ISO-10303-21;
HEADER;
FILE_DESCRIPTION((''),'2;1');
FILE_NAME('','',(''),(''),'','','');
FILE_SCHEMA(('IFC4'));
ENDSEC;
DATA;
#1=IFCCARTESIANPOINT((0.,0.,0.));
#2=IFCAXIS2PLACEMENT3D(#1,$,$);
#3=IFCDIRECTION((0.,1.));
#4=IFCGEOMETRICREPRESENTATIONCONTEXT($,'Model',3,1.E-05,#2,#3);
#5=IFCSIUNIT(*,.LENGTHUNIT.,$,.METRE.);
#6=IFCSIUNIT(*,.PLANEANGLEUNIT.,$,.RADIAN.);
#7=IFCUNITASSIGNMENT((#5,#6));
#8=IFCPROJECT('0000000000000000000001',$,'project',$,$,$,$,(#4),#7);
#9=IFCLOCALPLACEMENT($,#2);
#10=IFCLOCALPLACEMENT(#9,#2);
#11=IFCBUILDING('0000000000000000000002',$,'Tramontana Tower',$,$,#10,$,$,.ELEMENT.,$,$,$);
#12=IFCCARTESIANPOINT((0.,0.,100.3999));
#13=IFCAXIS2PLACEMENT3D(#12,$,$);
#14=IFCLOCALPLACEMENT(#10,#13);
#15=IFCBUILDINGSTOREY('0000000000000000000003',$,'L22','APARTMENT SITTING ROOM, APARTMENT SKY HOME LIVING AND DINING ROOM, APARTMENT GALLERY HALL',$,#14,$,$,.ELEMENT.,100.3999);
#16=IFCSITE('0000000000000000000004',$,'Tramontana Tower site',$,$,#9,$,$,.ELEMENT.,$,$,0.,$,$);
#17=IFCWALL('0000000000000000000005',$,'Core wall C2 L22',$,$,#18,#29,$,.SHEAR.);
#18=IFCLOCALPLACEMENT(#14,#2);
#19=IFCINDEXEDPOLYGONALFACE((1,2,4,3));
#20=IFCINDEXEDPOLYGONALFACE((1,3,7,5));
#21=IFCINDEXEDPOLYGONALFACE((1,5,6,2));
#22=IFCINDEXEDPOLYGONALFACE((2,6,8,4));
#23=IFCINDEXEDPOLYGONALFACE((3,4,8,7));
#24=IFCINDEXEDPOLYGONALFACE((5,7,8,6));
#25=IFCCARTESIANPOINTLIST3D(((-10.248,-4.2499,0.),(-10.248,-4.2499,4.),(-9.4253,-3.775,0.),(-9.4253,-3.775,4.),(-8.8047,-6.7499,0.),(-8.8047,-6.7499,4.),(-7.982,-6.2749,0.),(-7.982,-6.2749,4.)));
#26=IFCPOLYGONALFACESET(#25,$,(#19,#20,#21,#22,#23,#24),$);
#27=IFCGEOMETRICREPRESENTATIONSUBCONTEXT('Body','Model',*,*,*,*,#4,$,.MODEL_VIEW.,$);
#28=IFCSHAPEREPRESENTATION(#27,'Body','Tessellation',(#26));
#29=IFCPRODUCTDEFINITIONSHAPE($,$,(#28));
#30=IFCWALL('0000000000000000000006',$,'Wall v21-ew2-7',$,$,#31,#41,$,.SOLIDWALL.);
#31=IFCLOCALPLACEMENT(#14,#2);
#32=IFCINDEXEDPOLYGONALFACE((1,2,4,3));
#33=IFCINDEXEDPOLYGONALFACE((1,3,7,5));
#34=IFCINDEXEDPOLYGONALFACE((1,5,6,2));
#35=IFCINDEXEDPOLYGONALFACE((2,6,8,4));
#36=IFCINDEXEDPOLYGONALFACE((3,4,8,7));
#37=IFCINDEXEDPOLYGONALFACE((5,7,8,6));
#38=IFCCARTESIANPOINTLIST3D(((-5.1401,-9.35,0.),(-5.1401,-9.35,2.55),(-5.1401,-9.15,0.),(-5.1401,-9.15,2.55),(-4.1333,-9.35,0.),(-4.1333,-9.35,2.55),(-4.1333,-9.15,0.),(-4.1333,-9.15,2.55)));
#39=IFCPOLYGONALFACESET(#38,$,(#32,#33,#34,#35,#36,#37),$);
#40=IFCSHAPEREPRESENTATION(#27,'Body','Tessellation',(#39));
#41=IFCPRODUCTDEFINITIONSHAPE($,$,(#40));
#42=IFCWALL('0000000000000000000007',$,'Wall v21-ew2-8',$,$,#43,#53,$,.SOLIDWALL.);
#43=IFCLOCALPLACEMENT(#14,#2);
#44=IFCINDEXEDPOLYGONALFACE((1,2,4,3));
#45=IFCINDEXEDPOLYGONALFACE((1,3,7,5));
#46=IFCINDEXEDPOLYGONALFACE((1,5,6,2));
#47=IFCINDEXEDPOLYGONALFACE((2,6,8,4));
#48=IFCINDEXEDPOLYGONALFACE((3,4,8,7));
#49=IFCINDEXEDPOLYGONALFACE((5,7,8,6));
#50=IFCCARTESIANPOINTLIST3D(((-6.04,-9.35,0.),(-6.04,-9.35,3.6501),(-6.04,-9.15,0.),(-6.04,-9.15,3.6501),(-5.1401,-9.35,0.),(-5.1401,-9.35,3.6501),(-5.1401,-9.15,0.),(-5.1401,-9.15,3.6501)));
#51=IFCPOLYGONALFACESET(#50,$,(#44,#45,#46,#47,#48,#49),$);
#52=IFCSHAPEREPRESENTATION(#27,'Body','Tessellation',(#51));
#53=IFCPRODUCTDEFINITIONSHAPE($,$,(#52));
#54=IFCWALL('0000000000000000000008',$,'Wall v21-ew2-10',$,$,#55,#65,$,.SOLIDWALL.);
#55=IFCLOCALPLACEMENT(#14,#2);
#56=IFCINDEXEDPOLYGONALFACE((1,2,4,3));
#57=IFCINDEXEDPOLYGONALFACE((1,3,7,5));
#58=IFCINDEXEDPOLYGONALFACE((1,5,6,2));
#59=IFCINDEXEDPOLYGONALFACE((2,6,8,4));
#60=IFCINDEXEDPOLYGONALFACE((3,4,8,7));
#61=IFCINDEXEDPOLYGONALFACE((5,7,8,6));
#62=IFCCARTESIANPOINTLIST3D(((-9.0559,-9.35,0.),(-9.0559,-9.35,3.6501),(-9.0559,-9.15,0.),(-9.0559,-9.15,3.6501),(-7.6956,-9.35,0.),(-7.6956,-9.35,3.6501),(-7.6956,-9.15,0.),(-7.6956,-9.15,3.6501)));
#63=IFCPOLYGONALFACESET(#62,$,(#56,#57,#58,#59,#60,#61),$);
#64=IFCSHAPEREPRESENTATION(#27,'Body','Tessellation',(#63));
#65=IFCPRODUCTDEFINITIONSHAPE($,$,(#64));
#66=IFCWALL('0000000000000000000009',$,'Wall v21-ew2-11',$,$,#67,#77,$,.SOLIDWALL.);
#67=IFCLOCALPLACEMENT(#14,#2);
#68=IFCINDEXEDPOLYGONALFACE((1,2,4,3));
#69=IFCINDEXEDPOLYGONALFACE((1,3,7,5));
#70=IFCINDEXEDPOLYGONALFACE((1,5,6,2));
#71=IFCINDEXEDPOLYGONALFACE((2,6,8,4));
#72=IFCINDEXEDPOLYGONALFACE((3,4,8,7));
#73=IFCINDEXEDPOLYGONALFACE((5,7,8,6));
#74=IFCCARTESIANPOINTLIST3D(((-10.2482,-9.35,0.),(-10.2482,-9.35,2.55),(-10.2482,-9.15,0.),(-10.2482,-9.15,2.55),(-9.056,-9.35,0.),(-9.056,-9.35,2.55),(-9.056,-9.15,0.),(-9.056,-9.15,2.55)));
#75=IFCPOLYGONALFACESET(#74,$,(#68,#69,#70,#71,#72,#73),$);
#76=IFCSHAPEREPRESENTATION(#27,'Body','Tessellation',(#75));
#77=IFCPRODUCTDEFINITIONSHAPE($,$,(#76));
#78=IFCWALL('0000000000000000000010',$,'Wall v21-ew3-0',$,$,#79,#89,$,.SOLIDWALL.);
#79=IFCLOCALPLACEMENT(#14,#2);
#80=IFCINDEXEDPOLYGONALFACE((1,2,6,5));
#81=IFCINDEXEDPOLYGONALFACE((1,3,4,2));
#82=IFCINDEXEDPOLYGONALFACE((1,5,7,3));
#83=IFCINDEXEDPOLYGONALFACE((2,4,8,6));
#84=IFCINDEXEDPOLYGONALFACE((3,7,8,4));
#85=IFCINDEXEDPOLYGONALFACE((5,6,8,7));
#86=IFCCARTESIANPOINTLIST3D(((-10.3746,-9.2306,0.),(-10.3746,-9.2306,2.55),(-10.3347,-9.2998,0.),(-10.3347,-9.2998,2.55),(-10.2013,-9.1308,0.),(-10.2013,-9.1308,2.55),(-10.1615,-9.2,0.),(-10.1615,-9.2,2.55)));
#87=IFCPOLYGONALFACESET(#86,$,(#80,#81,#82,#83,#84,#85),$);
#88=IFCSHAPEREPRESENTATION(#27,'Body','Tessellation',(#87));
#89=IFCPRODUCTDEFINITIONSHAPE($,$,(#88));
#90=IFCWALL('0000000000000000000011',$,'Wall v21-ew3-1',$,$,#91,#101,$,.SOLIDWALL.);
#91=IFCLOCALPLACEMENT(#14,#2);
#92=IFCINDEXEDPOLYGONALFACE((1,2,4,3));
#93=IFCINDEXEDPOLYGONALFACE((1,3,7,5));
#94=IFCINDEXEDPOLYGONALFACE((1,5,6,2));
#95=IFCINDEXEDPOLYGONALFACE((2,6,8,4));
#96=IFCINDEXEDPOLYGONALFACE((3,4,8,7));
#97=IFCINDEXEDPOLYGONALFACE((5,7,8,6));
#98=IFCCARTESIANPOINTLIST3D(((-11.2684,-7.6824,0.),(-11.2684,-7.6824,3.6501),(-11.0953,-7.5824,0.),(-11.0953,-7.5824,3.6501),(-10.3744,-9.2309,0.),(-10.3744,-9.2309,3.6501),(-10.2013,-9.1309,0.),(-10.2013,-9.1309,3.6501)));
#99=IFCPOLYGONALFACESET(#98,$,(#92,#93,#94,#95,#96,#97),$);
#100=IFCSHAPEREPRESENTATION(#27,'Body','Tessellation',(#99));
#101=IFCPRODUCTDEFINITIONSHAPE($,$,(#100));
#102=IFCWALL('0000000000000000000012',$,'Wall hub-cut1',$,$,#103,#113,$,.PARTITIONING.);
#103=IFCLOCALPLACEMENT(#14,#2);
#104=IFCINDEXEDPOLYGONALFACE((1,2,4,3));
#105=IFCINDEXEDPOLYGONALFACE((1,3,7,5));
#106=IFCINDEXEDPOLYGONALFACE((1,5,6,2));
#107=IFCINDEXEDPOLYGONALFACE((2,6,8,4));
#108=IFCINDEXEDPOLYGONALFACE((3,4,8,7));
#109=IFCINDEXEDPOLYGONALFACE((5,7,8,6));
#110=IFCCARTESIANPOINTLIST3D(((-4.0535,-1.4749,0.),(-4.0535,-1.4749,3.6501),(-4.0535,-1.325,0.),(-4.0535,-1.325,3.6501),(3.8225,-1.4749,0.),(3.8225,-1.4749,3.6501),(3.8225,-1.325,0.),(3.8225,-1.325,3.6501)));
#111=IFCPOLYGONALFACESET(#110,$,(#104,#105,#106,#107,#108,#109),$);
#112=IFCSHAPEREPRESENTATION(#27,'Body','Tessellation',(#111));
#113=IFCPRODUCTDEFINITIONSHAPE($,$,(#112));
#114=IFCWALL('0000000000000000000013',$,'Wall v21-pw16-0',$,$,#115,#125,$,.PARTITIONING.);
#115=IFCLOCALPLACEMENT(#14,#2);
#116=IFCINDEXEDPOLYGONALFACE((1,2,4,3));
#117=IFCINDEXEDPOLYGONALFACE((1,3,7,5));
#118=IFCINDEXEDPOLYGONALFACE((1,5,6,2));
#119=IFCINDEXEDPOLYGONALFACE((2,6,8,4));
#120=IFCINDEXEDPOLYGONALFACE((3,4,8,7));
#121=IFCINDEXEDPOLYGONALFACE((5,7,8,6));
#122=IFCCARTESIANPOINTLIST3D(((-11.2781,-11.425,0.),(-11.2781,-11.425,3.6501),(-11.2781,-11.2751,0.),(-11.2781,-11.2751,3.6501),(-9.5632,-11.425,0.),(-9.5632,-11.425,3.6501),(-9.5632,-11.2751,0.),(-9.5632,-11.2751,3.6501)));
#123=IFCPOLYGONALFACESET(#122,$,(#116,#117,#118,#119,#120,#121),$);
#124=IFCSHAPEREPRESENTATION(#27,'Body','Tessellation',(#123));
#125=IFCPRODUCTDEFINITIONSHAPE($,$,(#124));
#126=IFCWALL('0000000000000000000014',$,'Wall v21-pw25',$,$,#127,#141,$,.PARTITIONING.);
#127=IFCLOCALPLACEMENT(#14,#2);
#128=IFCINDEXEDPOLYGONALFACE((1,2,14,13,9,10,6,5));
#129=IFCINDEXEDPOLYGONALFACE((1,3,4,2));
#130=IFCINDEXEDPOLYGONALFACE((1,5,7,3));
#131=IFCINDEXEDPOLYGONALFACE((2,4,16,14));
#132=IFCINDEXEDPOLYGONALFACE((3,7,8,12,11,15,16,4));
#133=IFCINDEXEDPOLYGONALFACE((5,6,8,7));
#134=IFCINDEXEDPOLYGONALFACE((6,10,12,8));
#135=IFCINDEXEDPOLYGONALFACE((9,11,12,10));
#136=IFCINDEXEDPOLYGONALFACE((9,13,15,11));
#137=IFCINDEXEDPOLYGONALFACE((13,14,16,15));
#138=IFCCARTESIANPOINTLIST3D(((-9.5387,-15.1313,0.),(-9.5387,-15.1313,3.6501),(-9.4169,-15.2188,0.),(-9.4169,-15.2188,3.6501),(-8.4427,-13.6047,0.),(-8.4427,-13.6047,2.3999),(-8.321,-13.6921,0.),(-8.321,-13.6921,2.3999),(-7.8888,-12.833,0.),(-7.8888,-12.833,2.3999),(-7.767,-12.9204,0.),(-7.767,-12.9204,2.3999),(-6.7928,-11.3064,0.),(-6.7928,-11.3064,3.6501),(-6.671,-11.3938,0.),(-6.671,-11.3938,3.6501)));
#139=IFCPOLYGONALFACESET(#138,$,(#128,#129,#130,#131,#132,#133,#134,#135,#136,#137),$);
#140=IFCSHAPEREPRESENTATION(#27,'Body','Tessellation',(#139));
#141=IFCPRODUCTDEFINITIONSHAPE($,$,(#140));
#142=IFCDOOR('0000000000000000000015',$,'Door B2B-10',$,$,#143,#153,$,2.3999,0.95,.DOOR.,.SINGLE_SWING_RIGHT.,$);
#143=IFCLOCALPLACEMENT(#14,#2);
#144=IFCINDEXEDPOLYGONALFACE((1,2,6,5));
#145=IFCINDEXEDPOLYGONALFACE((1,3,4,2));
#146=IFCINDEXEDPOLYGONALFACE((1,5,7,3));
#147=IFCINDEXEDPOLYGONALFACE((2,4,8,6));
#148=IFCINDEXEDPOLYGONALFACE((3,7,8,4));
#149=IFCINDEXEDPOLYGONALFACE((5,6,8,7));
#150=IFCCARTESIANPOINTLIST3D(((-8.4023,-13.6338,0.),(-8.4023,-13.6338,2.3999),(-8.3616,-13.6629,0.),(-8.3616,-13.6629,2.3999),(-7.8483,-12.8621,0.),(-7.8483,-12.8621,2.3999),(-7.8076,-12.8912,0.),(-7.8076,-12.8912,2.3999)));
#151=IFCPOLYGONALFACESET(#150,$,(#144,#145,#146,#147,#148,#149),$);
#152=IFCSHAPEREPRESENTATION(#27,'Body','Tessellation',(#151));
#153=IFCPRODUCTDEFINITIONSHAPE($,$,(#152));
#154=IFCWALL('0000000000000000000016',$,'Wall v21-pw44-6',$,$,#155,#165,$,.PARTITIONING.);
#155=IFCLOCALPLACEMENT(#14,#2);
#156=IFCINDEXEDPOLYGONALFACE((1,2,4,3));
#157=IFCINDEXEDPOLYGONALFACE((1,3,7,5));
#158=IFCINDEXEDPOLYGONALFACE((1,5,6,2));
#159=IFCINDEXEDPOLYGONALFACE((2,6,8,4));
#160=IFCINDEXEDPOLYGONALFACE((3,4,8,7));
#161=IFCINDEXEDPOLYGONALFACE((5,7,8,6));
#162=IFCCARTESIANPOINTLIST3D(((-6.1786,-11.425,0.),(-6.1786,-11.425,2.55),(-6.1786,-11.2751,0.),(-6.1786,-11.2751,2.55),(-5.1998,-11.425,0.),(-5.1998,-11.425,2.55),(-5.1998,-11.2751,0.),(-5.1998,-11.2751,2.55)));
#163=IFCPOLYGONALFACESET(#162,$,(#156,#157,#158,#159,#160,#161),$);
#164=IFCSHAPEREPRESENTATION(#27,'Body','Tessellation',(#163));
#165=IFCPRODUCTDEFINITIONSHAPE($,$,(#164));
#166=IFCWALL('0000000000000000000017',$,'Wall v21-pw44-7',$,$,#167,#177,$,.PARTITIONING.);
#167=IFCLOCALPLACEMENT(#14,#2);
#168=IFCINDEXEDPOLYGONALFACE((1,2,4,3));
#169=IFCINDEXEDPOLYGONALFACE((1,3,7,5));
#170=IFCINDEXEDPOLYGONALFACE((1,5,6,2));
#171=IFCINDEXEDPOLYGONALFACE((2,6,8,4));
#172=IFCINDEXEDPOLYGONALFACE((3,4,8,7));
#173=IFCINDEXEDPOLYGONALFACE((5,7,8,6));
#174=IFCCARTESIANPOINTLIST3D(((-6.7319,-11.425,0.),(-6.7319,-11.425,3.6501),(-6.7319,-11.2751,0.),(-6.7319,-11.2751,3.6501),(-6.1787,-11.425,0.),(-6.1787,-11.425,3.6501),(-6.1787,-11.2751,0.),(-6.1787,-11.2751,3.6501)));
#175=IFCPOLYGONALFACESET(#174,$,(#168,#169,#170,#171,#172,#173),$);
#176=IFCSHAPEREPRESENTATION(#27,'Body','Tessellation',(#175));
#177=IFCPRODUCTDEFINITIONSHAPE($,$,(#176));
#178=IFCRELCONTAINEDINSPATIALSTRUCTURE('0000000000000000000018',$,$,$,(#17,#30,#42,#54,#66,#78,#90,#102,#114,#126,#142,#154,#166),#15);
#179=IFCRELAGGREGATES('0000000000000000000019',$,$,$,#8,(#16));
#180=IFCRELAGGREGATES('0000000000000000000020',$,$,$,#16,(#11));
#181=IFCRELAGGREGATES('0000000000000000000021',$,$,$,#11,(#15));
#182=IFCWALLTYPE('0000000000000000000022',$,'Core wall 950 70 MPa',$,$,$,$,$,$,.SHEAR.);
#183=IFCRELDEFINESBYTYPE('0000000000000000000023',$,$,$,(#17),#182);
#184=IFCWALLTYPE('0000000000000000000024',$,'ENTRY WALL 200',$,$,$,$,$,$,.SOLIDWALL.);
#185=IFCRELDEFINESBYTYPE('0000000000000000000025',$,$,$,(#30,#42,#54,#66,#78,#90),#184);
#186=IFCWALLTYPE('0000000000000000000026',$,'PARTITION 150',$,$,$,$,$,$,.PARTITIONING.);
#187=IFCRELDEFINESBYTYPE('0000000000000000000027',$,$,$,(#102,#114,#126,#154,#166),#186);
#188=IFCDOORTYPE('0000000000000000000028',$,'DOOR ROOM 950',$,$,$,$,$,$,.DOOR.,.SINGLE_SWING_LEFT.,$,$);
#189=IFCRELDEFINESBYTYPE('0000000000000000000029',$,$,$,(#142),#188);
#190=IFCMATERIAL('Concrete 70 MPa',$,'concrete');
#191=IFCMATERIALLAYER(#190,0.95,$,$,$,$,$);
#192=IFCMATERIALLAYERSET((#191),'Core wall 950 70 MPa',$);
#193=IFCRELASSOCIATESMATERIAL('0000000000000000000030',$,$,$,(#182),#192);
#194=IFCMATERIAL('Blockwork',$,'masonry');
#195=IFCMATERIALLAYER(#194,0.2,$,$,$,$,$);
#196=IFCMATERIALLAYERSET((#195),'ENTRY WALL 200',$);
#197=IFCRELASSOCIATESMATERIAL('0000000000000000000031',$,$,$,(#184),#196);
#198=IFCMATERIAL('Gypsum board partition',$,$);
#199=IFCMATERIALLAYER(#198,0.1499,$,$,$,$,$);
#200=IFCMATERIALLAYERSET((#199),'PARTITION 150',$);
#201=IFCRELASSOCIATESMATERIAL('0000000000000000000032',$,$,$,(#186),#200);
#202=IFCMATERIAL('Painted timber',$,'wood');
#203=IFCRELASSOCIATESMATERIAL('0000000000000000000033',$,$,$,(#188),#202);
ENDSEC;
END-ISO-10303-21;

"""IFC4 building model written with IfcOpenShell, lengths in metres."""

from ifc_helpers import new_model, si_unit, direction, frame, frame_2d, origin, place, context, subcontext, project, spatial, rectangle, extrude, material, layer, layer_set, type_object, element, fill, save


model = new_model("IFC4")

# Units and contexts
model_context = context("Model", 3, precision=1e-05, world=origin(), true_north=direction((0.0, 1.0)))
body_context = subcontext(model_context, "Body", "Model", "MODEL_VIEW")
ifc_project = project(units=[si_unit("LENGTHUNIT", "METRE"), si_unit("PLANEANGLEUNIT", "RADIAN")], contexts=[model_context])

# Site, building, storey
site_placement = place(None, origin())
site = spatial("IfcSite", under=ifc_project, at=site_placement, Name="Tramontana Tower site", CompositionType="ELEMENT", RefElevation=0.0)
building_placement = place(site_placement, origin())
building = spatial("IfcBuilding", under=site, at=building_placement, Name="Tramontana Tower", CompositionType="ELEMENT")
storey_placement = place(building_placement, frame((0.0, 0.0, 100.3999)))
storey = spatial("IfcBuildingStorey", under=building, at=storey_placement, Name="L22", Description="APARTMENT SITTING ROOM, APARTMENT SKY HOME LIVING AND DINING ROOM, APARTMENT GALLERY HALL", CompositionType="ELEMENT", Elevation=100.3999)

# Wall
ifc_material_1 = material(Name="Concrete 70 MPa", Category="concrete")
ifc_layer_1 = layer(ifc_material_1, 0.95)
ifc_layer_set_1 = layer_set([ifc_layer_1], Name="Core wall 950 70 MPa")
wall_type_1 = type_object("IfcWallType", Name="Core wall 950 70 MPa", PredefinedType="SHEAR", material=ifc_layer_set_1)
wall_1_placement = place(storey_placement, frame((-9.8367, -4.0125, 0.0), z_axis=(0.0, 0.0, 1.0), x_axis=(0.499996, -0.866028, 0.0)))
element("IfcWall", 1, at=wall_1_placement, inside=storey, type_object=wall_type_1, Name="Core wall C2 L22", PredefinedType="SHEAR", context=body_context, shape_type="SweptSolid", body=[
    extrude(rectangle(XDim=2.8867, YDim=0.95, at=frame_2d((1.4434, 0.0))), origin(), (0.0, 0.0, 1.0), 4.0),
])

# Walls
ifc_material_2 = material(Name="Blockwork", Category="masonry")
ifc_layer_2 = layer(ifc_material_2, 0.2)
ifc_layer_set_2 = layer_set([ifc_layer_2], Name="ENTRY WALL 200")
wall_type_2 = type_object("IfcWallType", Name="ENTRY WALL 200", PredefinedType="SOLIDWALL", material=ifc_layer_set_2)
wall_2_placement = place(storey_placement, frame((-4.1333, -9.25, 0.0), z_axis=(0.0, 0.0, 1.0), x_axis=(-1.0, 0.0, 0.0)))
element("IfcWall", 2, at=wall_2_placement, inside=storey, type_object=wall_type_2, Name="Wall v21-ew2-7", PredefinedType="SOLIDWALL", context=body_context, shape_type="SweptSolid", body=[
    extrude(rectangle(XDim=1.0068, YDim=0.2, at=frame_2d((0.5034, 0.0))), origin(), (0.0, 0.0, 1.0), 2.55),
])
wall_3_placement = place(storey_placement, frame((-5.1401, -9.25, 0.0), z_axis=(0.0, 0.0, 1.0), x_axis=(-1.0, 0.0, 0.0)))
element("IfcWall", 3, at=wall_3_placement, inside=storey, type_object=wall_type_2, Name="Wall v21-ew2-8", PredefinedType="SOLIDWALL", context=body_context, shape_type="SweptSolid", body=[
    extrude(rectangle(XDim=0.8999, YDim=0.2, at=frame_2d((0.45, 0.0))), origin(), (0.0, 0.0, 1.0), 3.6501),
])

# Walls
wall_4_placement = place(storey_placement, frame((-7.6956, -9.25, 0.0), z_axis=(0.0, 0.0, 1.0), x_axis=(-1.0, 0.0, 0.0)))
element("IfcWall", 4, at=wall_4_placement, inside=storey, type_object=wall_type_2, Name="Wall v21-ew2-10", PredefinedType="SOLIDWALL", context=body_context, shape_type="SweptSolid", body=[
    extrude(rectangle(XDim=1.3604, YDim=0.2, at=frame_2d((0.6802, 0.0))), origin(), (0.0, 0.0, 1.0), 3.6501),
])
wall_5_placement = place(storey_placement, frame((-9.0559, -9.25, 0.0), z_axis=(0.0, 0.0, 1.0), x_axis=(-1.0, 0.0, 0.0)))
element("IfcWall", 5, at=wall_5_placement, inside=storey, type_object=wall_type_2, Name="Wall v21-ew2-11", PredefinedType="SOLIDWALL", context=body_context, shape_type="SweptSolid", body=[
    extrude(rectangle(XDim=1.1921, YDim=0.2, at=frame_2d((0.5962, 0.0))), origin(), (0.0, 0.0, 1.0), 2.55),
])
wall_6_placement = place(storey_placement, frame((-10.248, -9.25, 0.0), z_axis=(0.0, 0.0, 1.0), x_axis=(-0.499104, 0.866542, 0.0)))
element("IfcWall", 6, at=wall_6_placement, inside=storey, type_object=wall_type_2, Name="Wall v21-ew3-0", PredefinedType="SOLIDWALL", context=body_context, shape_type="SweptSolid", body=[
    extrude(rectangle(XDim=0.0798, YDim=0.2, at=frame_2d((0.04, 0.0))), origin(), (0.0, 0.0, 1.0), 2.55),
])
wall_7_placement = place(storey_placement, frame((-10.2878, -9.1809, 0.0), z_axis=(0.0, 0.0, 1.0), x_axis=(-0.499986, 0.866033, 0.0)))
element("IfcWall", 7, at=wall_7_placement, inside=storey, type_object=wall_type_2, Name="Wall v21-ew3-1", PredefinedType="SOLIDWALL", context=body_context, shape_type="SweptSolid", body=[
    extrude(rectangle(XDim=1.7881, YDim=0.2, at=frame_2d((0.894, 0.0))), origin(), (0.0, 0.0, 1.0), 3.6501),
])
ifc_material_3 = material(Name="Gypsum board partition")
ifc_layer_3 = layer(ifc_material_3, 0.1499)
ifc_layer_set_3 = layer_set([ifc_layer_3], Name="PARTITION 150")
wall_type_3 = type_object("IfcWallType", Name="PARTITION 150", PredefinedType="PARTITIONING", material=ifc_layer_set_3)
wall_8_placement = place(storey_placement, frame((-4.0535, -1.3999, 0.0), z_axis=(0.0, 0.0, 1.0), x_axis=(1.0, 0.0, 0.0)))
element("IfcWall", 8, at=wall_8_placement, inside=storey, type_object=wall_type_3, Name="Wall hub-cut1", PredefinedType="PARTITIONING", context=body_context, shape_type="SweptSolid", body=[
    extrude(rectangle(XDim=7.876, YDim=0.1499, at=frame_2d((3.938, 0.0))), origin(), (0.0, 0.0, 1.0), 3.6501),
])
wall_9_placement = place(storey_placement, frame((-9.5632, -11.3501, 0.0), z_axis=(0.0, 0.0, 1.0), x_axis=(-1.0, 0.0, 0.0)))
element("IfcWall", 9, at=wall_9_placement, inside=storey, type_object=wall_type_3, Name="Wall v21-pw16-0", PredefinedType="PARTITIONING", context=body_context, shape_type="SweptSolid", body=[
    extrude(rectangle(XDim=1.7148, YDim=0.1499, at=frame_2d((0.8574, 0.0))), origin(), (0.0, 0.0, 1.0), 3.6501),
])

# Wall, opening, door
wall_10_placement = place(storey_placement, frame((-6.7319, -11.3501, 0.0), z_axis=(0.0, 0.0, 1.0), x_axis=(-0.583169, -0.812351, 0.0)))
wall_10 = element("IfcWall", 10, at=wall_10_placement, inside=storey, type_object=wall_type_3, Name="Wall v21-pw25", PredefinedType="PARTITIONING", context=body_context, shape_type="SweptSolid", body=[
    extrude(rectangle(XDim=4.7085, YDim=0.1499, at=frame_2d((2.3542, 0.0))), origin(), (0.0, 0.0, 1.0), 3.6501),
])
opening_1_placement = place(wall_10_placement, frame((1.8792, 0.0, 0.0)))
opening_1 = element("IfcOpeningElement", 11, at=opening_1_placement, cuts=wall_10, PredefinedType="OPENING", context=body_context, shape_type="SweptSolid", body=[
    extrude(rectangle(XDim=0.95, YDim=2.3999, at=frame_2d((0.4751, 1.2))), frame((0.0, 0.085, 0.0), z_axis=(0.0, -1.0, 0.0), x_axis=(1.0, 0.0, 0.0)), (0.0, 0.0, 1.0), 0.1699),
])
ifc_material_4 = material(Name="Painted timber", Category="wood")
door_type_1 = type_object("IfcDoorType", Name="DOOR ROOM 950", OperationType="SINGLE_SWING_LEFT", PredefinedType="DOOR", material=ifc_material_4)
door_1_placement = place(opening_1_placement, origin())
door_1 = element("IfcDoor", 12, at=door_1_placement, inside=storey, type_object=door_type_1, Name="Door B2B-10", OperationType="SINGLE_SWING_RIGHT", OverallHeight=2.3999, OverallWidth=0.95, PredefinedType="DOOR", context=body_context, shape_type="SweptSolid", body=[
    extrude(rectangle(XDim=0.95, YDim=2.3999, at=frame_2d((0.4751, 1.2))), frame((0.0, 0.0249, 0.0), z_axis=(0.0, -1.0, 0.0), x_axis=(1.0, 0.0, 0.0)), (0.0, 0.0, 1.0), 0.05),
])
fill(opening_1, door_1)

# Walls
wall_11_placement = place(storey_placement, frame((-5.2, -11.3501, 0.0), z_axis=(0.0, 0.0, 1.0), x_axis=(-1.0, 0.0, 0.0)))
element("IfcWall", 13, at=wall_11_placement, inside=storey, type_object=wall_type_3, Name="Wall v21-pw44-6", PredefinedType="PARTITIONING", context=body_context, shape_type="SweptSolid", body=[
    extrude(rectangle(XDim=0.9788, YDim=0.1499, at=frame_2d((0.4893, 0.0))), origin(), (0.0, 0.0, 1.0), 2.55),
])
wall_12_placement = place(storey_placement, frame((-6.1787, -11.3501, 0.0), z_axis=(0.0, 0.0, 1.0), x_axis=(-1.0, 0.0, 0.0)))
element("IfcWall", 14, at=wall_12_placement, inside=storey, type_object=wall_type_3, Name="Wall v21-pw44-7", PredefinedType="PARTITIONING", context=body_context, shape_type="SweptSolid", body=[
    extrude(rectangle(XDim=0.5532, YDim=0.1499, at=frame_2d((0.2766, 0.0))), origin(), (0.0, 0.0, 1.0), 3.6501),
])

save(model, "model.ifc")
